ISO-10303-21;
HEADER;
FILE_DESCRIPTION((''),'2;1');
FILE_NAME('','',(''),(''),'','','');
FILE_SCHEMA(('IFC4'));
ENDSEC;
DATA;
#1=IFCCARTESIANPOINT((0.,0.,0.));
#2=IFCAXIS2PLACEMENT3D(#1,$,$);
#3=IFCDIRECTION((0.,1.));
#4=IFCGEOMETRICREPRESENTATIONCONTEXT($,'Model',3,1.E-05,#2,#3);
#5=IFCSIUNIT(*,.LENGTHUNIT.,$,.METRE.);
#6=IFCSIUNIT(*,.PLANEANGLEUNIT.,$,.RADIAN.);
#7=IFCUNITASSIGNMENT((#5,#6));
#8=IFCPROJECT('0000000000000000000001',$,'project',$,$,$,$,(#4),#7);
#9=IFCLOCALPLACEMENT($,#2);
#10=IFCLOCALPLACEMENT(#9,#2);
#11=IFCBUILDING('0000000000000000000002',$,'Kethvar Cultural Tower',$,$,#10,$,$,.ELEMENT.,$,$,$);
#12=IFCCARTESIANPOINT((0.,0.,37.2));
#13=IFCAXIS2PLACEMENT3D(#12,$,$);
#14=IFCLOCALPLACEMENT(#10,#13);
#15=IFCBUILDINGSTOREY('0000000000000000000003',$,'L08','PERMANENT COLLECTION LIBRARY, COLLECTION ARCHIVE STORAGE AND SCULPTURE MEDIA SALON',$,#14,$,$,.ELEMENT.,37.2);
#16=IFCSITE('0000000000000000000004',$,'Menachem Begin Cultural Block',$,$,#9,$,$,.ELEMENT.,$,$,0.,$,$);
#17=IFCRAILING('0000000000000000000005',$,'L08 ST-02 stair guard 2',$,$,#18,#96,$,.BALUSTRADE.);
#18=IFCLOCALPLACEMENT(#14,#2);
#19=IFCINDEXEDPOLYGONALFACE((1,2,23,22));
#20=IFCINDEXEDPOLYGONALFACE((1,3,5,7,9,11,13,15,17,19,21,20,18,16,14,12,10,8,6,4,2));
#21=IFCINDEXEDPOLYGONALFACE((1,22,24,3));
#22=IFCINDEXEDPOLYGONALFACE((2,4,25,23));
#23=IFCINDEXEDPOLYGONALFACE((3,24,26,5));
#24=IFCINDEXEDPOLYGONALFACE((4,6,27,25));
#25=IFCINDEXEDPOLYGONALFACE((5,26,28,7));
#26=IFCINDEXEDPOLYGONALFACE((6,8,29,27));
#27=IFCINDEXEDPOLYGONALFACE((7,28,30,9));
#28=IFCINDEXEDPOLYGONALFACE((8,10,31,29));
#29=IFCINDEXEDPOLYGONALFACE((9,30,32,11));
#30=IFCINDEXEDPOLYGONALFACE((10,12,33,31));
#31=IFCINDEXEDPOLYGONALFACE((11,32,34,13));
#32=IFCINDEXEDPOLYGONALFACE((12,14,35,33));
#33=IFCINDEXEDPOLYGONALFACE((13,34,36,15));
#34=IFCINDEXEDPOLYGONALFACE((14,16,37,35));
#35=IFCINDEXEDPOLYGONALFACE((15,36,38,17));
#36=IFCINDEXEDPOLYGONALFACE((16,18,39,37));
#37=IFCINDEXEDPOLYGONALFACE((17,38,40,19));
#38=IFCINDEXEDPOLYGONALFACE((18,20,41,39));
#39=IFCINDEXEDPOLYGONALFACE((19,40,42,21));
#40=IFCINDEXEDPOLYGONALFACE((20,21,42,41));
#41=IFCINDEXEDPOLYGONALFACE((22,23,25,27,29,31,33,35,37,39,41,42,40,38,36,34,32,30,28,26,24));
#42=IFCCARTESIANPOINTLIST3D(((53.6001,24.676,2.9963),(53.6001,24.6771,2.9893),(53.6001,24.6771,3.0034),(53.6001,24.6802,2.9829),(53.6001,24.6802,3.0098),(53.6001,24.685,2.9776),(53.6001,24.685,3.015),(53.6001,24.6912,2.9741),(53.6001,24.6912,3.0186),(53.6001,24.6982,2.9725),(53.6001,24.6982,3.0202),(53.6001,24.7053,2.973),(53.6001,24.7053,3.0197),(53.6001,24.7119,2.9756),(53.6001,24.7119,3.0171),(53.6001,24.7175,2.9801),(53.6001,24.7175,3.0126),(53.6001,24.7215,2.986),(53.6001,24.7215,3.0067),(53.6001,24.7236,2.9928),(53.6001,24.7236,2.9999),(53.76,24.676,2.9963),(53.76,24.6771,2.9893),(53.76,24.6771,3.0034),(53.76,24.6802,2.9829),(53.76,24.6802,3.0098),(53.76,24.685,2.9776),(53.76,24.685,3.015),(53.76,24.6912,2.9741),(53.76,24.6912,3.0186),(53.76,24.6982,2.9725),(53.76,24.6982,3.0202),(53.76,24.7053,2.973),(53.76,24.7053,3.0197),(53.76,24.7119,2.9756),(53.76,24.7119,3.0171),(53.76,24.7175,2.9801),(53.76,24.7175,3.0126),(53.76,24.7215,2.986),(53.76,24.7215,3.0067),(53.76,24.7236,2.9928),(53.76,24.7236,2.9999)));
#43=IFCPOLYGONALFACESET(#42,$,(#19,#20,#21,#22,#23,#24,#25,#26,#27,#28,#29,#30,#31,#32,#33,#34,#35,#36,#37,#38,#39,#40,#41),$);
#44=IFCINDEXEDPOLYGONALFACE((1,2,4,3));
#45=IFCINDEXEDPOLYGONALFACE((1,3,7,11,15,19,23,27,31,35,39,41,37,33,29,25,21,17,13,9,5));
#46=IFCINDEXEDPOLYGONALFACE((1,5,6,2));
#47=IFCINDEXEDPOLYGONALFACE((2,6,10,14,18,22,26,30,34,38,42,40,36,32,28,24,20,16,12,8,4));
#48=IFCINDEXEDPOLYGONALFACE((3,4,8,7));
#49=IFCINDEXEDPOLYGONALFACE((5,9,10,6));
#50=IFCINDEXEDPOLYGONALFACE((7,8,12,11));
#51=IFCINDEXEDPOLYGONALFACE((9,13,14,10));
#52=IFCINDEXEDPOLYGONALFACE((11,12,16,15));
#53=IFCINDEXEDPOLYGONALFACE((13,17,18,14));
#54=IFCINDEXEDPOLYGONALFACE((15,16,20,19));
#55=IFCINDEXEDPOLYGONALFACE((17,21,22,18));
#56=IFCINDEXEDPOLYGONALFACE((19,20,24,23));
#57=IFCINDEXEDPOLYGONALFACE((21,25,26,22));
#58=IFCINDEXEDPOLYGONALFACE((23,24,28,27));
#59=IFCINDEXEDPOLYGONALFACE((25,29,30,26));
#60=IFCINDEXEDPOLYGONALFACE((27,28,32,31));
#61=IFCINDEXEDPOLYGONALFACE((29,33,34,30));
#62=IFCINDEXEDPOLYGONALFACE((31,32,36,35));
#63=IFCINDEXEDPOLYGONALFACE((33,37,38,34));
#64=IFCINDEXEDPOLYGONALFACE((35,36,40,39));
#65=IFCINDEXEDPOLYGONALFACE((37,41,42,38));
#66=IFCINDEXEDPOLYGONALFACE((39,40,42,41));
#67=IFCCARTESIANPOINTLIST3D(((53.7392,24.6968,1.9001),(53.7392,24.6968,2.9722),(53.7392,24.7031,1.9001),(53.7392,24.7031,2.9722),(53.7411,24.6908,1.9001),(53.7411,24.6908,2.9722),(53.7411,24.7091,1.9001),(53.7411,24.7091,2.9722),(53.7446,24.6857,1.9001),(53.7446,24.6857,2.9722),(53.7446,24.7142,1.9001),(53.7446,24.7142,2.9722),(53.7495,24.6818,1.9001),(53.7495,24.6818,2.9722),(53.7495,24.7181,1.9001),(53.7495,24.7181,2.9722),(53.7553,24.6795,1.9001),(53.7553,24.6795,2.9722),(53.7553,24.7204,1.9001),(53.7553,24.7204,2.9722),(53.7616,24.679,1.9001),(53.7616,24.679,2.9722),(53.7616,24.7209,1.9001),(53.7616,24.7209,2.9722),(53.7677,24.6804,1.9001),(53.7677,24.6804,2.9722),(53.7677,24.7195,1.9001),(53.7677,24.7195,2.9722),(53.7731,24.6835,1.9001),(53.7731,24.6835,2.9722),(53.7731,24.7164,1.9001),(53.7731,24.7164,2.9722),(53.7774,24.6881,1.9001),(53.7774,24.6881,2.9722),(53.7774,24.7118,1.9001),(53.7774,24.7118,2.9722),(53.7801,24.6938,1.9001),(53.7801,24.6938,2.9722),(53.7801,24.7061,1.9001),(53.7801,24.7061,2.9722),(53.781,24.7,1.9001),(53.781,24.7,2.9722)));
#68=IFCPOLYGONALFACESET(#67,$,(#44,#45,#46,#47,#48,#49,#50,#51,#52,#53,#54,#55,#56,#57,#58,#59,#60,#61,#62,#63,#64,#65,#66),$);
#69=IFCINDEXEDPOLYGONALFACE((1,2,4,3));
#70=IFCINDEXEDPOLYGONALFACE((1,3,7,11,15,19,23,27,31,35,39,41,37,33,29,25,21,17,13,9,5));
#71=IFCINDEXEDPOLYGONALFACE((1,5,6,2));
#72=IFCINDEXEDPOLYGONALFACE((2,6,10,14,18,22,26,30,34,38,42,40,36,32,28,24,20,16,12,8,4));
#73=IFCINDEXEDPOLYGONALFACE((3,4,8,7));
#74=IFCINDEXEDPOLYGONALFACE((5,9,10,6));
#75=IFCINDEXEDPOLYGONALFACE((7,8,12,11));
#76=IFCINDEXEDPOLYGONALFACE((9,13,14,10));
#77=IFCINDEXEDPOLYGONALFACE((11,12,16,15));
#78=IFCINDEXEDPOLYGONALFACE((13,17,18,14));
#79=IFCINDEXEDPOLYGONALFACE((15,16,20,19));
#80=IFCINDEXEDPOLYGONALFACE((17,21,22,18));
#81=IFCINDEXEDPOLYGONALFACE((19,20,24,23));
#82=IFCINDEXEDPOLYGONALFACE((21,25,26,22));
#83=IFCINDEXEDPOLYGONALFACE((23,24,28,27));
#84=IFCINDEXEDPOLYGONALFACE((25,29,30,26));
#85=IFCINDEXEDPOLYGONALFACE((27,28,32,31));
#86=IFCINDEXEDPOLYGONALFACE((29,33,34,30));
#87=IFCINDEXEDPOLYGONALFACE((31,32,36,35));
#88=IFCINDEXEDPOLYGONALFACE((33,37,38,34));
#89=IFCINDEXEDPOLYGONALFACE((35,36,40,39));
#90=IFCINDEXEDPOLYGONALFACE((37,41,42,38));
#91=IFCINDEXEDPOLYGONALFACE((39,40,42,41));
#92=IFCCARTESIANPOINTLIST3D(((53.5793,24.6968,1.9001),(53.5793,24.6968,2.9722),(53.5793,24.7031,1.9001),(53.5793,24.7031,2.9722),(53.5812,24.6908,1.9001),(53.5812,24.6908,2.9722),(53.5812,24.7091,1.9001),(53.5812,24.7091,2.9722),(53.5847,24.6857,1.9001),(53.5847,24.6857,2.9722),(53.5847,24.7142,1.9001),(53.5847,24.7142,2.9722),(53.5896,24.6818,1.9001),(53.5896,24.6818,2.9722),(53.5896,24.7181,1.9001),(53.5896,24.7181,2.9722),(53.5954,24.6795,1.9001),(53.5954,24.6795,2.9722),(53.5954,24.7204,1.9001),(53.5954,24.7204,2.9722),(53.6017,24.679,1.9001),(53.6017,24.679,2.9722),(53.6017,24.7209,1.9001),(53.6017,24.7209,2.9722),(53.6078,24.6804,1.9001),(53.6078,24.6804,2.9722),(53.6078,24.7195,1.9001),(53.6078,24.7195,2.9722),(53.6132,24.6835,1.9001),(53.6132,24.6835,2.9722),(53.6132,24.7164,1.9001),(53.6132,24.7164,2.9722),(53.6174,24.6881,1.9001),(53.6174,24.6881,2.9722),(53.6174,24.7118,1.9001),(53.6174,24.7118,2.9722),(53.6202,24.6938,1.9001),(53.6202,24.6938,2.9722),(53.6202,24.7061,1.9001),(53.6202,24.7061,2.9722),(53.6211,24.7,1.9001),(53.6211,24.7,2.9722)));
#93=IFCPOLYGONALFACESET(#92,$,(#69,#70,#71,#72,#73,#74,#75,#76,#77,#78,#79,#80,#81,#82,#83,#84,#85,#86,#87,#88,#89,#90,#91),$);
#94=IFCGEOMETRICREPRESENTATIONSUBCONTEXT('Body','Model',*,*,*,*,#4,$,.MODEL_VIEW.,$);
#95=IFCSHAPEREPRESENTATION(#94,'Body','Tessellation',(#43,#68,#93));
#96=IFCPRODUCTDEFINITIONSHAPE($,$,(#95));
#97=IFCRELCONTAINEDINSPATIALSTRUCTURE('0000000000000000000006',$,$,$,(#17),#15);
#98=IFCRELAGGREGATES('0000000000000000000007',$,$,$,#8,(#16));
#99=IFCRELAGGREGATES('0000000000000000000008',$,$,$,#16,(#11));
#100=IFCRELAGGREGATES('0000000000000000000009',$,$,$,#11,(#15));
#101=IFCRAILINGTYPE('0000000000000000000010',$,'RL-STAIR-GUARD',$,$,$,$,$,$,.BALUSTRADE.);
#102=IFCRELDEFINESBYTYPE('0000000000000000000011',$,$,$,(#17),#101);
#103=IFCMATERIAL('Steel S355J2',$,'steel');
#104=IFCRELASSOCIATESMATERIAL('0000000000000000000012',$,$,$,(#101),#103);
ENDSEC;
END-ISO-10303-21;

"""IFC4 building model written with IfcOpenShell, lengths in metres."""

from ifc_helpers import new_model, si_unit, direction, frame, origin, origin_2d, place, context, subcontext, project, spatial, circle, extrude, material, type_object, element, save


model = new_model("IFC4")

# Units and contexts
model_context = context("Model", 3, precision=1e-05, world=origin(), true_north=direction((0.0, 1.0)))
body_context = subcontext(model_context, "Body", "Model", "MODEL_VIEW")
ifc_project = project(units=[si_unit("LENGTHUNIT", "METRE"), si_unit("PLANEANGLEUNIT", "RADIAN")], contexts=[model_context])

# Site, building, storey
site_placement = place(None, origin())
site = spatial("IfcSite", under=ifc_project, at=site_placement, Name="Menachem Begin Cultural Block", CompositionType="ELEMENT", RefElevation=0.0)
building_placement = place(site_placement, origin())
building = spatial("IfcBuilding", under=site, at=building_placement, Name="Kethvar Cultural Tower", CompositionType="ELEMENT")
storey_placement = place(building_placement, frame((0.0, 0.0, 37.2)))
storey = spatial("IfcBuildingStorey", under=building, at=storey_placement, Name="L08", Description="PERMANENT COLLECTION LIBRARY, COLLECTION ARCHIVE STORAGE AND SCULPTURE MEDIA SALON", CompositionType="ELEMENT", Elevation=37.2)

# Shared definitions
ifc_material_1 = material(Name="Steel S355J2", Category="steel")

# Railing
railing_type_1 = type_object("IfcRailingType", Name="RL-STAIR-GUARD", PredefinedType="BALUSTRADE", material=ifc_material_1)
railing_1_placement = place(storey_placement, frame((53.76, 24.7, 1.9001)))
element("IfcRailing", 1, at=railing_1_placement, inside=storey, type_object=railing_type_1, Name="L08 ST-02 stair guard 2", PredefinedType="BALUSTRADE", context=body_context, shape_type="SweptSolid", body=[
    extrude(circle(Radius=0.0239, at=origin_2d()), frame((0.0, 0.0, 1.0962), z_axis=(-1.0, 0.0, 0.0), x_axis=(0.0, -1.0, 0.0)), (0.0, 0.0, 1.0), 0.1599),
    extrude(circle(Radius=0.021, at=origin_2d()), origin(), (0.0, 0.0, 1.0), 1.072),
    extrude(circle(Radius=0.021, at=origin_2d()), frame((-0.1599, 0.0, 0.0)), (0.0, 0.0, 1.0), 1.072),
])

save(model, "model.ifc")
